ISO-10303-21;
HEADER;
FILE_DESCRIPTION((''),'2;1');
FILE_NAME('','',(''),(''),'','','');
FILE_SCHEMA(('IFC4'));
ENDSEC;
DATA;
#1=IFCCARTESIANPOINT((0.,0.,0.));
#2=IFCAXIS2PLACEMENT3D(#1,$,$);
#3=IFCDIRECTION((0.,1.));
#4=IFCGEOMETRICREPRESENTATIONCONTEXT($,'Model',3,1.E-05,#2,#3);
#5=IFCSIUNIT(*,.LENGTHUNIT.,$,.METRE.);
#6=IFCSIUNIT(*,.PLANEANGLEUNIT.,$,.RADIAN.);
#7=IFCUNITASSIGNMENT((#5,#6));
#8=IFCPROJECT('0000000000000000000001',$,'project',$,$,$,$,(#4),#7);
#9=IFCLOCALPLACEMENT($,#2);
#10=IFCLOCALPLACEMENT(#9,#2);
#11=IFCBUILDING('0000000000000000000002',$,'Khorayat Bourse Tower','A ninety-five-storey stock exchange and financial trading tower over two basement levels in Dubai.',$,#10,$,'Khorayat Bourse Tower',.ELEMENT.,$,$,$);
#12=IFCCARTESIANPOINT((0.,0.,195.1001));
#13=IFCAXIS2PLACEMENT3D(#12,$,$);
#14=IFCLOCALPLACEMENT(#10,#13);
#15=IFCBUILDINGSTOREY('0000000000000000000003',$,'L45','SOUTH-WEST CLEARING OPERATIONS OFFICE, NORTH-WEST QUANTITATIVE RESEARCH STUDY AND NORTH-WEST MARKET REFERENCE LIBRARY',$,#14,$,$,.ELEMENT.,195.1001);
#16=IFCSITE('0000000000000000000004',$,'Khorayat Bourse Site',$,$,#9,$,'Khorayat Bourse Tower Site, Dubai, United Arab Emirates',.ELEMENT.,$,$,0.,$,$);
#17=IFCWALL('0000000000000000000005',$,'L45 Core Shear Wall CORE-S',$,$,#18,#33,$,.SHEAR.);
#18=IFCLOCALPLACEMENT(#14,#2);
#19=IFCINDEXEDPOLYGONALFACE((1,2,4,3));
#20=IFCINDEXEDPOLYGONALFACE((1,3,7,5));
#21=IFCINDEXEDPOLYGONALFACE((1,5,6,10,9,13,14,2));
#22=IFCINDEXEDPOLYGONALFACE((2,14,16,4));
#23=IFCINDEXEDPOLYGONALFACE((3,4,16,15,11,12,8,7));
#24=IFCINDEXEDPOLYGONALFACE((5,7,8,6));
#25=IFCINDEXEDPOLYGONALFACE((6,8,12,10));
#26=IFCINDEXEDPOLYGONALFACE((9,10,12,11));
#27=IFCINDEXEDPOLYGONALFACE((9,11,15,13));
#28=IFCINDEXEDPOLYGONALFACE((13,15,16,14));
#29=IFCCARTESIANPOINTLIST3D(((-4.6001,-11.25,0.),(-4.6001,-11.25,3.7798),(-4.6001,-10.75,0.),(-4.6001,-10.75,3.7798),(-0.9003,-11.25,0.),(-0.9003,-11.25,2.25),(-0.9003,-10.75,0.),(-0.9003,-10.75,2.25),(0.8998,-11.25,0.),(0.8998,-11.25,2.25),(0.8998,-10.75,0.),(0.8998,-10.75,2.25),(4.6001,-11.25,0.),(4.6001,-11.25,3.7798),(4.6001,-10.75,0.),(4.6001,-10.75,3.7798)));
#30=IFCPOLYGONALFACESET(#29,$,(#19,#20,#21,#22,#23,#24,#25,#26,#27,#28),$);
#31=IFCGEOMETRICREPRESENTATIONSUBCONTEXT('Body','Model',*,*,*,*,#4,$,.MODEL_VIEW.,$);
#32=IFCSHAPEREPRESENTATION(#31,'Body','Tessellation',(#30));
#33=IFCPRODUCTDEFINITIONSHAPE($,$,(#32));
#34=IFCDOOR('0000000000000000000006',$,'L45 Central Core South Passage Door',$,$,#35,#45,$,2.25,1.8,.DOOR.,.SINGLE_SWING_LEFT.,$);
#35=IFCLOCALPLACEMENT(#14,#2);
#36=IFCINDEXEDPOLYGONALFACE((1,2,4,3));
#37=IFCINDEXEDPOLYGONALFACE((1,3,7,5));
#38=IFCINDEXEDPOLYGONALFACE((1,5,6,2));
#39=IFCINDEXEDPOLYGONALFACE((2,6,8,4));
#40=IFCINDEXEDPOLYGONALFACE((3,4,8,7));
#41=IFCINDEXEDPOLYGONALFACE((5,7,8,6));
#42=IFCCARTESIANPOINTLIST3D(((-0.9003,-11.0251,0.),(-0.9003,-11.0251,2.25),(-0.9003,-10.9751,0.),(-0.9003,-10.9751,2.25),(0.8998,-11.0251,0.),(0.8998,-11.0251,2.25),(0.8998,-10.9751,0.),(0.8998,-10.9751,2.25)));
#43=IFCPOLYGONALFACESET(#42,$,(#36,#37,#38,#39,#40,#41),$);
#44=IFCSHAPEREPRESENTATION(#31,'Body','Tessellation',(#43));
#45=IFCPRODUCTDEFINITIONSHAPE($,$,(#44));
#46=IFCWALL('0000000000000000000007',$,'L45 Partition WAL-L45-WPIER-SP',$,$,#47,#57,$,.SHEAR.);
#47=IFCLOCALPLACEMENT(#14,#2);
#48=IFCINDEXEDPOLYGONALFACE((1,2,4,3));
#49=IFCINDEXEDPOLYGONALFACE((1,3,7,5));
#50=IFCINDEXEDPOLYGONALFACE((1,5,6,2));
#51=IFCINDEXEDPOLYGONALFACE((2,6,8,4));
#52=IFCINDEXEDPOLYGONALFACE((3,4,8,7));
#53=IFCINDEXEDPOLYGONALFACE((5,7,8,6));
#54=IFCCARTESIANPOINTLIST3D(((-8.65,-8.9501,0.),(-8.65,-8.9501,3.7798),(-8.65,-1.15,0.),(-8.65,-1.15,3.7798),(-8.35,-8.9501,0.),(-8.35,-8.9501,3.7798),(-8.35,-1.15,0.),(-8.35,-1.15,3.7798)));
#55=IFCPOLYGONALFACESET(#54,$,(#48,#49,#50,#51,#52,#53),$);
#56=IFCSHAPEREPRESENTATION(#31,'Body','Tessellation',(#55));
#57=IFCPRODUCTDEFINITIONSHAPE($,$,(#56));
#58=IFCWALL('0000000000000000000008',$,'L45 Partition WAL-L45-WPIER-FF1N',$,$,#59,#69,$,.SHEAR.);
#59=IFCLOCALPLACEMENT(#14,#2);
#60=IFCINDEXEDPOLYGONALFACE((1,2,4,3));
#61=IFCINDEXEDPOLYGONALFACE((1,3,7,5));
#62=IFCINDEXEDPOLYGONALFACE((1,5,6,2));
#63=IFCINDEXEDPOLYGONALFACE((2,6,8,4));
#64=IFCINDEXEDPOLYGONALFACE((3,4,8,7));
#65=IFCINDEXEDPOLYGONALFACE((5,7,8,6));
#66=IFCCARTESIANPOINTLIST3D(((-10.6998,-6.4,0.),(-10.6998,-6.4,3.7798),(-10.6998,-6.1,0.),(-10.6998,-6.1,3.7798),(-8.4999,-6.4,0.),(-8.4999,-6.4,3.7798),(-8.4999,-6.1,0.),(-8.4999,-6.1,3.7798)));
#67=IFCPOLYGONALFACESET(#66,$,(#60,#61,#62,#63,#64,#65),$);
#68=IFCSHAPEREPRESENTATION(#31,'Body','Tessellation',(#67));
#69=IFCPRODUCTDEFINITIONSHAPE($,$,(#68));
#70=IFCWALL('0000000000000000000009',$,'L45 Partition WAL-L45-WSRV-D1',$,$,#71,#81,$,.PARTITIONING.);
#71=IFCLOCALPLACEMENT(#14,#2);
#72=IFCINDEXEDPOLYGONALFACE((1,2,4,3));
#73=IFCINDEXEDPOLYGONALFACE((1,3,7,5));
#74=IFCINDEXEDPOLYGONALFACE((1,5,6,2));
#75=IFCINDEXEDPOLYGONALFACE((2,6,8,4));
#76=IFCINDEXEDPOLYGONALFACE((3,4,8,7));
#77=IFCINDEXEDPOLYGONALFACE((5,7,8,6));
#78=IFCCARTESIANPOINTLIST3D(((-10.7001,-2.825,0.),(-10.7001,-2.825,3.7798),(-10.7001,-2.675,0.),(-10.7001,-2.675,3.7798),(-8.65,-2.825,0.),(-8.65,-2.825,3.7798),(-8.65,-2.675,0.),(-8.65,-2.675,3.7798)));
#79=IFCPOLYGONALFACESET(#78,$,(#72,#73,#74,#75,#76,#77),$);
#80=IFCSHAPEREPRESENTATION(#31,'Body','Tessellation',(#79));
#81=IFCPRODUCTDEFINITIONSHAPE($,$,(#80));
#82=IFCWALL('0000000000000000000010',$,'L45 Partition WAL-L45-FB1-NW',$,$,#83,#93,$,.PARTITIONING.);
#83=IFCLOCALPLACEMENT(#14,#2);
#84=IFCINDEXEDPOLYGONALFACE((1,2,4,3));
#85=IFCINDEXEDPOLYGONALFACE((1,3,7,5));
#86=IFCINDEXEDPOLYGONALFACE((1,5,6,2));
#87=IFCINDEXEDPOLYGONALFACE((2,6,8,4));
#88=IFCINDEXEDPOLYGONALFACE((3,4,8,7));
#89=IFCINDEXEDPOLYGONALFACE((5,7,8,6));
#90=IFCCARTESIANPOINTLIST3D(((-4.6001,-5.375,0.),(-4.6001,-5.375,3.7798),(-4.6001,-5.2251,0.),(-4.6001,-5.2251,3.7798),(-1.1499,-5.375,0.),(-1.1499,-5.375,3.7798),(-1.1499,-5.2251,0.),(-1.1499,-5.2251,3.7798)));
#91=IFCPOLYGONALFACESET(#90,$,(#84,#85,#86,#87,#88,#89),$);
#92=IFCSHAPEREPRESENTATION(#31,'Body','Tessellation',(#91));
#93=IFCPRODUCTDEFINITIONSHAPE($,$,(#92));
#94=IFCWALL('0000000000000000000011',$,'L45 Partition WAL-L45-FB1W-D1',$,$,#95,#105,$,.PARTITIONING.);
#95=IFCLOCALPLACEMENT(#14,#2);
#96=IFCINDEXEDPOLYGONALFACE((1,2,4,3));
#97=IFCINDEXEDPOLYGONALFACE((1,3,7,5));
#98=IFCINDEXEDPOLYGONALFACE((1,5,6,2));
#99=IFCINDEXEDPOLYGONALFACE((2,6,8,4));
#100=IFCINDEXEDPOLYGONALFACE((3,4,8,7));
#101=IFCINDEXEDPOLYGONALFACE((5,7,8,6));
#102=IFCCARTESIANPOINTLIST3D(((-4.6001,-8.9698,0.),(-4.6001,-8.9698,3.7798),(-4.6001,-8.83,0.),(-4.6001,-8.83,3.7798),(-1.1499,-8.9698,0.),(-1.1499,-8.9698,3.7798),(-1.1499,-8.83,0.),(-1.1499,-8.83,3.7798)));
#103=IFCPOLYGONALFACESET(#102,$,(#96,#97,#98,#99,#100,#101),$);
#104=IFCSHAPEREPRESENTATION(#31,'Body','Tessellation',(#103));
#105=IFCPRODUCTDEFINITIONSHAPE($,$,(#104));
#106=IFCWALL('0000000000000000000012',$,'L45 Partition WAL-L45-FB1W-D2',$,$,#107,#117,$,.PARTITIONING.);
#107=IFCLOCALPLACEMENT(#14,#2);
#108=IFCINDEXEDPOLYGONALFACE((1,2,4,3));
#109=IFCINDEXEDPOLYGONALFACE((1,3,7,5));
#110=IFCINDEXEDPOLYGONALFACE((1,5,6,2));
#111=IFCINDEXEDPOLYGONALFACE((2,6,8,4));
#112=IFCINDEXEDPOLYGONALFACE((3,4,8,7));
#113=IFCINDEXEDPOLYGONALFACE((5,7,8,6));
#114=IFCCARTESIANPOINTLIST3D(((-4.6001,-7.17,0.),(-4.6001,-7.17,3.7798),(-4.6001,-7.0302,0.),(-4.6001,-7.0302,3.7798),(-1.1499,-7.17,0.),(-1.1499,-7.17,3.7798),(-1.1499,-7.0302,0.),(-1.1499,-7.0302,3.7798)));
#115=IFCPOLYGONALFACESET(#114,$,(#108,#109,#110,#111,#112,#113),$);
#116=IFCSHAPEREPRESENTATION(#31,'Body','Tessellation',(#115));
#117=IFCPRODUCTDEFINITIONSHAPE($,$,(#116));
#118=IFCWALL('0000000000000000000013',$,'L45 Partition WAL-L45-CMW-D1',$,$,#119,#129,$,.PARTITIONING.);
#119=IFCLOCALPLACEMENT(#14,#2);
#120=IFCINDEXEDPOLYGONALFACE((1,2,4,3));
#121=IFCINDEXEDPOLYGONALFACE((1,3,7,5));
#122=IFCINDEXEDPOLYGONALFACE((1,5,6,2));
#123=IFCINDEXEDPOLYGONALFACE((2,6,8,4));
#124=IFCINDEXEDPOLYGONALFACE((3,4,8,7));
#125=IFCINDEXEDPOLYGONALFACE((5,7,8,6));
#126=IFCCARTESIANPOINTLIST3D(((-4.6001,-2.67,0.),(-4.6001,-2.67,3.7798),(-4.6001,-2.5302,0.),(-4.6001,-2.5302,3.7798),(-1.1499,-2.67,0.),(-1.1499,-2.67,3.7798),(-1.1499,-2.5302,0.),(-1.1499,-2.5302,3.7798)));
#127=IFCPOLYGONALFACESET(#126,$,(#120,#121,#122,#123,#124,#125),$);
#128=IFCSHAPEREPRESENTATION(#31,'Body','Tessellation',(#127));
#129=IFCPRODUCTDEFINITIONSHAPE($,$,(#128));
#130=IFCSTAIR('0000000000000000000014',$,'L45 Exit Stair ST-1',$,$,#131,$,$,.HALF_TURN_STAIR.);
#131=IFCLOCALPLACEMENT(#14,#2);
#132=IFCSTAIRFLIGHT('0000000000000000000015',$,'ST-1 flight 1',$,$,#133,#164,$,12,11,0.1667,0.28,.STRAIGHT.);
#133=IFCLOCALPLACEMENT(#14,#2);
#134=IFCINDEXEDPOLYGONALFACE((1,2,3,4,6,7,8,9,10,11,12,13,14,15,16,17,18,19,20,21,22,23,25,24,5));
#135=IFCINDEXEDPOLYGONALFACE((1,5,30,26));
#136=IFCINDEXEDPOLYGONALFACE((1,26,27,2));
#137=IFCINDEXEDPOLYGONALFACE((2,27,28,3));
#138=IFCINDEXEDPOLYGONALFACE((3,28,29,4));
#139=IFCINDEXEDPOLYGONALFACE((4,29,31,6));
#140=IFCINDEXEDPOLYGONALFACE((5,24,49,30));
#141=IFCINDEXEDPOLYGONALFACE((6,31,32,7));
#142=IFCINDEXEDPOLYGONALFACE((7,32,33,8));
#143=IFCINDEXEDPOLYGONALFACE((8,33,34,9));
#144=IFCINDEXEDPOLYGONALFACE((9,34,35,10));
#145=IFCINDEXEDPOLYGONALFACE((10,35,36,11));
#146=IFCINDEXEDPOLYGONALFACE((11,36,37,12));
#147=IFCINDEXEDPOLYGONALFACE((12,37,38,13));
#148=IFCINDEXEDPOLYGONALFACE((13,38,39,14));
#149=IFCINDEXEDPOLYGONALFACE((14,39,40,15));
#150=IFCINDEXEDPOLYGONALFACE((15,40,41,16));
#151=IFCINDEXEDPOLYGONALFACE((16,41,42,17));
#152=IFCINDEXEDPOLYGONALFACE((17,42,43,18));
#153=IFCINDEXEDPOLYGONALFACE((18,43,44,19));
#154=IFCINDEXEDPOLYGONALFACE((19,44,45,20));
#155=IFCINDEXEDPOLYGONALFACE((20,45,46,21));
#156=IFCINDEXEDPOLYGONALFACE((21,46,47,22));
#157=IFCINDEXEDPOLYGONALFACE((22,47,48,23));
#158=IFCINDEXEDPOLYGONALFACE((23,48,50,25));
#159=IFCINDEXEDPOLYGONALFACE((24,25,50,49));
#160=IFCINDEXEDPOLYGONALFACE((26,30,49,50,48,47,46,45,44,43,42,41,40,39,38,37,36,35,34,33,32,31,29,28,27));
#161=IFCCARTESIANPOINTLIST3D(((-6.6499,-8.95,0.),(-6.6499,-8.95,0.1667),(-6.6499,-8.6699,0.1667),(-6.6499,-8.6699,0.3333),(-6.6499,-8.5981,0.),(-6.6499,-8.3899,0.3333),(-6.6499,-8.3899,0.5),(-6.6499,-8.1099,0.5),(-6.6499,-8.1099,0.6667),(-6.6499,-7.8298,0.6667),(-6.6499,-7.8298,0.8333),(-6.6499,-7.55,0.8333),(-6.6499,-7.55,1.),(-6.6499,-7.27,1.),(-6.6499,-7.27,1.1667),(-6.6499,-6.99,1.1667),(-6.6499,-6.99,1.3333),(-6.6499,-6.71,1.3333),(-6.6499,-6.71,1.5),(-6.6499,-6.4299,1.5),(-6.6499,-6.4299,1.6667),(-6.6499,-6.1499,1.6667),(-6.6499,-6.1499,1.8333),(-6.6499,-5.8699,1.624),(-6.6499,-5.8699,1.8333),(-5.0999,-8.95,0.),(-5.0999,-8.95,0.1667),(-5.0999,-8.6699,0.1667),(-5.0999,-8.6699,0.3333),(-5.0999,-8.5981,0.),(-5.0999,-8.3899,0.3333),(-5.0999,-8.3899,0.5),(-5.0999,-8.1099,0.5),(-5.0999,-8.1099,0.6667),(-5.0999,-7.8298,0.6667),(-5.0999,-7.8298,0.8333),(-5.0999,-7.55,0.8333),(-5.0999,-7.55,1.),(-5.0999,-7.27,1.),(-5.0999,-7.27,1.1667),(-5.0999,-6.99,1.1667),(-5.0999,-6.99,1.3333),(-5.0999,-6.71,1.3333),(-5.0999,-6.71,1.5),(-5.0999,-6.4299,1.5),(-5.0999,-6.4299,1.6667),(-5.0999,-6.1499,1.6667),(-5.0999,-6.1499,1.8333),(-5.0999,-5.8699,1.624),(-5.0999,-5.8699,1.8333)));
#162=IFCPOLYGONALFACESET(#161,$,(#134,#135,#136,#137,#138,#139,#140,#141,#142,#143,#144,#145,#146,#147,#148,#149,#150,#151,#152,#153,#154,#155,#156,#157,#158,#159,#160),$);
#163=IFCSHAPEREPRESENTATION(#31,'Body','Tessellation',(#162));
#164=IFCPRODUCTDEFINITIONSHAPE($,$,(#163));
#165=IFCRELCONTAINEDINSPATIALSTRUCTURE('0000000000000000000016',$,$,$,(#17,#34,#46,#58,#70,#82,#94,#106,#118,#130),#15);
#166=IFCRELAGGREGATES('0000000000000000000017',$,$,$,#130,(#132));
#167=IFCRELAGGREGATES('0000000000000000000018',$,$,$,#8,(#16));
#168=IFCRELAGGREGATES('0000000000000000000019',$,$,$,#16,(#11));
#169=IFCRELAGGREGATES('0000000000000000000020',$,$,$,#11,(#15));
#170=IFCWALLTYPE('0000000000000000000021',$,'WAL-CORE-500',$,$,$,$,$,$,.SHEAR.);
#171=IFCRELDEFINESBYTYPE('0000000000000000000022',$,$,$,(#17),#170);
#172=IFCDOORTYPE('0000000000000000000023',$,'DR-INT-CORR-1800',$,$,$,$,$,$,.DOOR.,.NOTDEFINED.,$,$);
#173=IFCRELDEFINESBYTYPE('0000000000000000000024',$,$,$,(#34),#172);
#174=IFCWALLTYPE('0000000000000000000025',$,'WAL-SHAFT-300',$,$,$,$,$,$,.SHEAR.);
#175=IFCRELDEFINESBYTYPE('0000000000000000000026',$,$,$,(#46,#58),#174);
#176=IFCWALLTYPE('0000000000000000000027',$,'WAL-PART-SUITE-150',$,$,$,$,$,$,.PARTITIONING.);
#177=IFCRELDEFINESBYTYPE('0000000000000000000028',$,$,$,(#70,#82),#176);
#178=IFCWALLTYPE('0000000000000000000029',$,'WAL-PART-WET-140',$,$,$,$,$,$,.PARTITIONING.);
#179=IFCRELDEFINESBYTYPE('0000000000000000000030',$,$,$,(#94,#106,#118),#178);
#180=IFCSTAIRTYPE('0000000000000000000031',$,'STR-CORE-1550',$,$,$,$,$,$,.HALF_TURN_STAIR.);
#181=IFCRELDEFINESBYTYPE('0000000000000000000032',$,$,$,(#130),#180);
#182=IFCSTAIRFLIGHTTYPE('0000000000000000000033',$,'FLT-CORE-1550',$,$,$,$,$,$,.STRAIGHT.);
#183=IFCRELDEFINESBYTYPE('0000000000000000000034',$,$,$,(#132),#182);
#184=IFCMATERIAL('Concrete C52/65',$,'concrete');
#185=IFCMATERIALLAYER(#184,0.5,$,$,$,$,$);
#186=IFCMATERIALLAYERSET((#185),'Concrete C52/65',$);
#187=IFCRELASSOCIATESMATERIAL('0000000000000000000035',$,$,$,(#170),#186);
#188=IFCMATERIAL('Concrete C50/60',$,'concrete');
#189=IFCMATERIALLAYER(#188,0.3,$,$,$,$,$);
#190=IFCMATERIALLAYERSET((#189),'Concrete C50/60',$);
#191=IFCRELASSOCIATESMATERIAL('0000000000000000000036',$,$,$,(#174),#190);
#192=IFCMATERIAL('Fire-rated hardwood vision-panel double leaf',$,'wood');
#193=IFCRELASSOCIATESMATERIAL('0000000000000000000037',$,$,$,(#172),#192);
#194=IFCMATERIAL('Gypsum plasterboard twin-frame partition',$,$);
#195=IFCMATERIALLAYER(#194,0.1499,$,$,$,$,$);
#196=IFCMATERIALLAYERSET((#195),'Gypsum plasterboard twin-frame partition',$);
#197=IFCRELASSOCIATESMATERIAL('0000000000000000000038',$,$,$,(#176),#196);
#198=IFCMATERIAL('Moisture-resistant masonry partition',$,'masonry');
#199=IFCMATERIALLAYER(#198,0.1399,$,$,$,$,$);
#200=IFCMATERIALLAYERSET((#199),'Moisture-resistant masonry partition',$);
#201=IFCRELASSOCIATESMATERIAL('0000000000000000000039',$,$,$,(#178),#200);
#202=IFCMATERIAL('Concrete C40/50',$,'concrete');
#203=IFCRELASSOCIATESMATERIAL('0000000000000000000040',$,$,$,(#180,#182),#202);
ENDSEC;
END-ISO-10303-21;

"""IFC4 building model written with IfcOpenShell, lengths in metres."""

from ifc_helpers import new_model, si_unit, direction, frame, frame_2d, origin, place, context, subcontext, project, spatial, polyline, rectangle, outline, extrude, source, transform, mapped, material, layer, layer_set, type_object, element, fill, aggregate, save


model = new_model("IFC4")

# Units and contexts
model_context = context("Model", 3, precision=1e-05, world=origin(), true_north=direction((0.0, 1.0)))
body_context = subcontext(model_context, "Body", "Model", "MODEL_VIEW")
ifc_project = project(units=[si_unit("LENGTHUNIT", "METRE"), si_unit("PLANEANGLEUNIT", "RADIAN")], contexts=[model_context])

# Site, building, storey
site_placement = place(None, origin())
site = spatial("IfcSite", under=ifc_project, at=site_placement, Name="Khorayat Bourse Site", LongName="Khorayat Bourse Tower Site, Dubai, United Arab Emirates", CompositionType="ELEMENT", RefElevation=0.0)
building_placement = place(site_placement, origin())
building = spatial("IfcBuilding", under=site, at=building_placement, Name="Khorayat Bourse Tower", Description="A ninety-five-storey stock exchange and financial trading tower over two basement levels in Dubai.", LongName="Khorayat Bourse Tower", CompositionType="ELEMENT")
storey_placement = place(building_placement, frame((0.0, 0.0, 195.1001)))
storey = spatial("IfcBuildingStorey", under=building, at=storey_placement, Name="L45", Description="SOUTH-WEST CLEARING OPERATIONS OFFICE, NORTH-WEST QUANTITATIVE RESEARCH STUDY AND NORTH-WEST MARKET REFERENCE LIBRARY", CompositionType="ELEMENT", Elevation=195.1001)

# Shared definitions
ifc_material_1 = material(Name="Concrete C52/65", Category="concrete")
ifc_layer_1 = layer(ifc_material_1, 0.5)
ifc_layer_set_1 = layer_set([ifc_layer_1], Name="Concrete C52/65")
wall_type_1 = type_object("IfcWallType", Name="WAL-CORE-500", PredefinedType="SHEAR", material=ifc_layer_set_1)
ifc_material_2 = material(Name="Concrete C50/60", Category="concrete")
ifc_layer_2 = layer(ifc_material_2, 0.3)
ifc_layer_set_2 = layer_set([ifc_layer_2], Name="Concrete C50/60")
wall_type_2 = type_object("IfcWallType", Name="WAL-SHAFT-300", PredefinedType="SHEAR", material=ifc_layer_set_2)

# Wall, opening, door
shared_shape_1 = source(origin(), body_context, "Body", "SweptSolid", [
    extrude(rectangle(XDim=9.2002, YDim=0.5, at=frame_2d((4.6001, 0.0))), origin(), (0.0, 0.0, 1.0), 3.7798),
])
wall_1_placement = place(storey_placement, frame((-4.6001, -11.0, 0.0), z_axis=(0.0, 0.0, 1.0), x_axis=(1.0, 0.0, 0.0)))
wall_1 = element("IfcWall", 1, at=wall_1_placement, inside=storey, type_object=wall_type_1, Name="L45 Core Shear Wall CORE-S", PredefinedType="SHEAR", context=body_context, shape_type="MappedRepresentation", body=[
    mapped(shared_shape_1, transform((0.0, 0.0, 0.0), scale=1.0)),
])
shared_shape_2 = source(origin(), body_context, "Body", "SweptSolid", [
    extrude(rectangle(XDim=1.8, YDim=2.25, at=frame_2d((0.8999, 1.125))), frame((0.0, 0.26, 0.0), z_axis=(0.0, -1.0, 0.0), x_axis=(1.0, 0.0, 0.0)), (0.0, 0.0, 1.0), 0.52),
])
opening_1_placement = place(wall_1_placement, frame((3.7, 0.0, 0.0)))
opening_1 = element("IfcOpeningElement", 2, at=opening_1_placement, cuts=wall_1, PredefinedType="OPENING", context=body_context, shape_type="MappedRepresentation", body=[
    mapped(shared_shape_2, transform((0.0, 0.0, 0.0), scale=1.0)),
])
ifc_material_3 = material(Name="Fire-rated hardwood vision-panel double leaf", Category="wood")
door_type_1 = type_object("IfcDoorType", Name="DR-INT-CORR-1800", OperationType="NOTDEFINED", PredefinedType="DOOR", material=ifc_material_3)
shared_shape_3 = source(origin(), body_context, "Body", "SweptSolid", [
    extrude(rectangle(XDim=1.8, YDim=2.25, at=frame_2d((0.8999, 1.125))), frame((0.0, 0.0249, 0.0), z_axis=(0.0, -1.0, 0.0), x_axis=(1.0, 0.0, 0.0)), (0.0, 0.0, 1.0), 0.05),
])
door_1_placement = place(opening_1_placement, origin())
door_1 = element("IfcDoor", 3, at=door_1_placement, inside=storey, type_object=door_type_1, Name="L45 Central Core South Passage Door", OperationType="SINGLE_SWING_LEFT", OverallHeight=2.25, OverallWidth=1.8, PredefinedType="DOOR", context=body_context, shape_type="MappedRepresentation", body=[
    mapped(shared_shape_3, transform((0.0, 0.0, 0.0), scale=1.0)),
])
fill(opening_1, door_1)

# Walls
shared_shape_4 = source(origin(), body_context, "Body", "SweptSolid", [
    extrude(rectangle(XDim=7.8, YDim=0.3, at=frame_2d((3.8999, 0.0))), origin(), (0.0, 0.0, 1.0), 3.7798),
])
wall_2_placement = place(storey_placement, frame((-8.5, -8.95, 0.0), z_axis=(0.0, 0.0, 1.0), x_axis=(0.0, 1.0, 0.0)))
element("IfcWall", 4, at=wall_2_placement, inside=storey, type_object=wall_type_2, Name="L45 Partition WAL-L45-WPIER-SP", PredefinedType="SHEAR", context=body_context, shape_type="MappedRepresentation", body=[
    mapped(shared_shape_4, transform((0.0, 0.0, 0.0), scale=1.0)),
])
shared_shape_5 = source(origin(), body_context, "Body", "SweptSolid", [
    extrude(rectangle(XDim=2.2, YDim=0.3, at=frame_2d((1.1001, 0.0))), origin(), (0.0, 0.0, 1.0), 3.7798),
])
wall_3_placement = place(storey_placement, frame((-10.7, -6.25, 0.0), z_axis=(0.0, 0.0, 1.0), x_axis=(1.0, 0.0, 0.0)))
element("IfcWall", 5, at=wall_3_placement, inside=storey, type_object=wall_type_2, Name="L45 Partition WAL-L45-WPIER-FF1N", PredefinedType="SHEAR", context=body_context, shape_type="MappedRepresentation", body=[
    mapped(shared_shape_5, transform((0.0, 0.0, 0.0), scale=1.0)),
])
ifc_material_4 = material(Name="Gypsum plasterboard twin-frame partition")
ifc_layer_3 = layer(ifc_material_4, 0.1499)
ifc_layer_set_3 = layer_set([ifc_layer_3], Name="Gypsum plasterboard twin-frame partition")
wall_type_3 = type_object("IfcWallType", Name="WAL-PART-SUITE-150", PredefinedType="PARTITIONING", material=ifc_layer_set_3)
shared_shape_6 = source(origin(), body_context, "Body", "SweptSolid", [
    extrude(rectangle(XDim=2.05, YDim=0.1499, at=frame_2d((1.0249, 0.0))), origin(), (0.0, 0.0, 1.0), 3.7798),
])
wall_4_placement = place(storey_placement, frame((-10.7, -2.75, 0.0), z_axis=(0.0, 0.0, 1.0), x_axis=(1.0, 0.0, 0.0)))
element("IfcWall", 6, at=wall_4_placement, inside=storey, type_object=wall_type_3, Name="L45 Partition WAL-L45-WSRV-D1", PredefinedType="PARTITIONING", context=body_context, shape_type="MappedRepresentation", body=[
    mapped(shared_shape_6, transform((0.0, 0.0, 0.0), scale=1.0)),
])
shared_shape_7 = source(origin(), body_context, "Body", "SweptSolid", [
    extrude(rectangle(XDim=3.4502, YDim=0.1499, at=frame_2d((1.7251, 0.0))), origin(), (0.0, 0.0, 1.0), 3.7798),
])
wall_5_placement = place(storey_placement, frame((-4.6001, -5.3, 0.0), z_axis=(0.0, 0.0, 1.0), x_axis=(1.0, 0.0, 0.0)))
element("IfcWall", 7, at=wall_5_placement, inside=storey, type_object=wall_type_3, Name="L45 Partition WAL-L45-FB1-NW", PredefinedType="PARTITIONING", context=body_context, shape_type="MappedRepresentation", body=[
    mapped(shared_shape_7, transform((0.0, 0.0, 0.0), scale=1.0)),
])
ifc_material_5 = material(Name="Moisture-resistant masonry partition", Category="masonry")
ifc_layer_4 = layer(ifc_material_5, 0.1399)
ifc_layer_set_4 = layer_set([ifc_layer_4], Name="Moisture-resistant masonry partition")
wall_type_4 = type_object("IfcWallType", Name="WAL-PART-WET-140", PredefinedType="PARTITIONING", material=ifc_layer_set_4)
shared_shape_8 = source(origin(), body_context, "Body", "SweptSolid", [
    extrude(rectangle(XDim=3.4502, YDim=0.1399, at=frame_2d((1.7251, 0.0))), origin(), (0.0, 0.0, 1.0), 3.7798),
])
for number, where, z_axis, x_axis, name in (
    (8, (-4.6001, -8.8999, 0.0), (0.0, 0.0, 1.0), (1.0, 0.0, 0.0), "L45 Partition WAL-L45-FB1W-D1"),
    (9, (-4.6001, -7.1001, 0.0), (0.0, 0.0, 1.0), (1.0, 0.0, 0.0), "L45 Partition WAL-L45-FB1W-D2"),
    (10, (-4.6001, -2.6001, 0.0), (0.0, 0.0, 1.0), (1.0, 0.0, 0.0), "L45 Partition WAL-L45-CMW-D1"),
):
    element("IfcWall", number, at=place(storey_placement, frame(where, z_axis=z_axis, x_axis=x_axis)), inside=storey, type_object=wall_type_4, Name=name, PredefinedType="PARTITIONING", context=body_context, shape_type="MappedRepresentation", body=[
        mapped(shared_shape_8, transform((0.0, 0.0, 0.0), scale=1.0)),
    ])

# Stair, stair flight
ifc_material_6 = material(Name="Concrete C40/50", Category="concrete")
stair_type = type_object("IfcStairType", Name="STR-CORE-1550", PredefinedType="HALF_TURN_STAIR", material=ifc_material_6)
stair_placement = place(storey_placement, origin())
stair = element("IfcStair", 11, at=stair_placement, inside=storey, type_object=stair_type, Name="L45 Exit Stair ST-1", PredefinedType="HALF_TURN_STAIR")
stair_flight_type = type_object("IfcStairFlightType", Name="FLT-CORE-1550", PredefinedType="STRAIGHT", material=ifc_material_6)
shared_shape_9 = source(origin(), body_context, "Body", "SweptSolid", [
    extrude(outline(polyline([(0.0, 0.0), (0.0, 0.1667), (0.28, 0.1667), (0.28, 0.3333), (0.5601, 0.3333), (0.5601, 0.5), (0.8401, 0.5), (0.8401, 0.6667), (1.1201, 0.6667), (1.1201, 0.8333), (1.3999, 0.8333), (1.3999, 1.0), (1.6799, 1.0), (1.6799, 1.1667), (1.96, 1.1667), (1.96, 1.3333), (2.24, 1.3333), (2.24, 1.5), (2.52, 1.5), (2.52, 1.6667), (2.8, 1.6667), (2.8, 1.8333), (3.0801, 1.8333), (3.0801, 2.0), (3.0801, 1.624), (0.3518, 0.0), (0.0, 0.0)])), frame((0.0, 0.7749, 0.0), z_axis=(0.0, -1.0, 0.0), x_axis=(1.0, 0.0, 0.0)), (0.0, 0.0, 1.0), 1.55),
])
stair_flight_1_placement = place(storey_placement, frame((-5.875, -8.95, 0.0), z_axis=(0.0, 0.0, 1.0), x_axis=(0.0, 1.0, 0.0)))
stair_flight_1 = element("IfcStairFlight", 12, at=stair_flight_1_placement, type_object=stair_flight_type, Name="ST-1 flight 1", NumberOfRisers=12, NumberOfTreads=11, PredefinedType="STRAIGHT", RiserHeight=0.1667, TreadLength=0.28, context=body_context, shape_type="MappedRepresentation", body=[
    mapped(shared_shape_9, transform((0.0, 0.0, 0.0), scale=1.0)),
])
aggregate(stair, [stair_flight_1])

save(model, "model.ifc")
